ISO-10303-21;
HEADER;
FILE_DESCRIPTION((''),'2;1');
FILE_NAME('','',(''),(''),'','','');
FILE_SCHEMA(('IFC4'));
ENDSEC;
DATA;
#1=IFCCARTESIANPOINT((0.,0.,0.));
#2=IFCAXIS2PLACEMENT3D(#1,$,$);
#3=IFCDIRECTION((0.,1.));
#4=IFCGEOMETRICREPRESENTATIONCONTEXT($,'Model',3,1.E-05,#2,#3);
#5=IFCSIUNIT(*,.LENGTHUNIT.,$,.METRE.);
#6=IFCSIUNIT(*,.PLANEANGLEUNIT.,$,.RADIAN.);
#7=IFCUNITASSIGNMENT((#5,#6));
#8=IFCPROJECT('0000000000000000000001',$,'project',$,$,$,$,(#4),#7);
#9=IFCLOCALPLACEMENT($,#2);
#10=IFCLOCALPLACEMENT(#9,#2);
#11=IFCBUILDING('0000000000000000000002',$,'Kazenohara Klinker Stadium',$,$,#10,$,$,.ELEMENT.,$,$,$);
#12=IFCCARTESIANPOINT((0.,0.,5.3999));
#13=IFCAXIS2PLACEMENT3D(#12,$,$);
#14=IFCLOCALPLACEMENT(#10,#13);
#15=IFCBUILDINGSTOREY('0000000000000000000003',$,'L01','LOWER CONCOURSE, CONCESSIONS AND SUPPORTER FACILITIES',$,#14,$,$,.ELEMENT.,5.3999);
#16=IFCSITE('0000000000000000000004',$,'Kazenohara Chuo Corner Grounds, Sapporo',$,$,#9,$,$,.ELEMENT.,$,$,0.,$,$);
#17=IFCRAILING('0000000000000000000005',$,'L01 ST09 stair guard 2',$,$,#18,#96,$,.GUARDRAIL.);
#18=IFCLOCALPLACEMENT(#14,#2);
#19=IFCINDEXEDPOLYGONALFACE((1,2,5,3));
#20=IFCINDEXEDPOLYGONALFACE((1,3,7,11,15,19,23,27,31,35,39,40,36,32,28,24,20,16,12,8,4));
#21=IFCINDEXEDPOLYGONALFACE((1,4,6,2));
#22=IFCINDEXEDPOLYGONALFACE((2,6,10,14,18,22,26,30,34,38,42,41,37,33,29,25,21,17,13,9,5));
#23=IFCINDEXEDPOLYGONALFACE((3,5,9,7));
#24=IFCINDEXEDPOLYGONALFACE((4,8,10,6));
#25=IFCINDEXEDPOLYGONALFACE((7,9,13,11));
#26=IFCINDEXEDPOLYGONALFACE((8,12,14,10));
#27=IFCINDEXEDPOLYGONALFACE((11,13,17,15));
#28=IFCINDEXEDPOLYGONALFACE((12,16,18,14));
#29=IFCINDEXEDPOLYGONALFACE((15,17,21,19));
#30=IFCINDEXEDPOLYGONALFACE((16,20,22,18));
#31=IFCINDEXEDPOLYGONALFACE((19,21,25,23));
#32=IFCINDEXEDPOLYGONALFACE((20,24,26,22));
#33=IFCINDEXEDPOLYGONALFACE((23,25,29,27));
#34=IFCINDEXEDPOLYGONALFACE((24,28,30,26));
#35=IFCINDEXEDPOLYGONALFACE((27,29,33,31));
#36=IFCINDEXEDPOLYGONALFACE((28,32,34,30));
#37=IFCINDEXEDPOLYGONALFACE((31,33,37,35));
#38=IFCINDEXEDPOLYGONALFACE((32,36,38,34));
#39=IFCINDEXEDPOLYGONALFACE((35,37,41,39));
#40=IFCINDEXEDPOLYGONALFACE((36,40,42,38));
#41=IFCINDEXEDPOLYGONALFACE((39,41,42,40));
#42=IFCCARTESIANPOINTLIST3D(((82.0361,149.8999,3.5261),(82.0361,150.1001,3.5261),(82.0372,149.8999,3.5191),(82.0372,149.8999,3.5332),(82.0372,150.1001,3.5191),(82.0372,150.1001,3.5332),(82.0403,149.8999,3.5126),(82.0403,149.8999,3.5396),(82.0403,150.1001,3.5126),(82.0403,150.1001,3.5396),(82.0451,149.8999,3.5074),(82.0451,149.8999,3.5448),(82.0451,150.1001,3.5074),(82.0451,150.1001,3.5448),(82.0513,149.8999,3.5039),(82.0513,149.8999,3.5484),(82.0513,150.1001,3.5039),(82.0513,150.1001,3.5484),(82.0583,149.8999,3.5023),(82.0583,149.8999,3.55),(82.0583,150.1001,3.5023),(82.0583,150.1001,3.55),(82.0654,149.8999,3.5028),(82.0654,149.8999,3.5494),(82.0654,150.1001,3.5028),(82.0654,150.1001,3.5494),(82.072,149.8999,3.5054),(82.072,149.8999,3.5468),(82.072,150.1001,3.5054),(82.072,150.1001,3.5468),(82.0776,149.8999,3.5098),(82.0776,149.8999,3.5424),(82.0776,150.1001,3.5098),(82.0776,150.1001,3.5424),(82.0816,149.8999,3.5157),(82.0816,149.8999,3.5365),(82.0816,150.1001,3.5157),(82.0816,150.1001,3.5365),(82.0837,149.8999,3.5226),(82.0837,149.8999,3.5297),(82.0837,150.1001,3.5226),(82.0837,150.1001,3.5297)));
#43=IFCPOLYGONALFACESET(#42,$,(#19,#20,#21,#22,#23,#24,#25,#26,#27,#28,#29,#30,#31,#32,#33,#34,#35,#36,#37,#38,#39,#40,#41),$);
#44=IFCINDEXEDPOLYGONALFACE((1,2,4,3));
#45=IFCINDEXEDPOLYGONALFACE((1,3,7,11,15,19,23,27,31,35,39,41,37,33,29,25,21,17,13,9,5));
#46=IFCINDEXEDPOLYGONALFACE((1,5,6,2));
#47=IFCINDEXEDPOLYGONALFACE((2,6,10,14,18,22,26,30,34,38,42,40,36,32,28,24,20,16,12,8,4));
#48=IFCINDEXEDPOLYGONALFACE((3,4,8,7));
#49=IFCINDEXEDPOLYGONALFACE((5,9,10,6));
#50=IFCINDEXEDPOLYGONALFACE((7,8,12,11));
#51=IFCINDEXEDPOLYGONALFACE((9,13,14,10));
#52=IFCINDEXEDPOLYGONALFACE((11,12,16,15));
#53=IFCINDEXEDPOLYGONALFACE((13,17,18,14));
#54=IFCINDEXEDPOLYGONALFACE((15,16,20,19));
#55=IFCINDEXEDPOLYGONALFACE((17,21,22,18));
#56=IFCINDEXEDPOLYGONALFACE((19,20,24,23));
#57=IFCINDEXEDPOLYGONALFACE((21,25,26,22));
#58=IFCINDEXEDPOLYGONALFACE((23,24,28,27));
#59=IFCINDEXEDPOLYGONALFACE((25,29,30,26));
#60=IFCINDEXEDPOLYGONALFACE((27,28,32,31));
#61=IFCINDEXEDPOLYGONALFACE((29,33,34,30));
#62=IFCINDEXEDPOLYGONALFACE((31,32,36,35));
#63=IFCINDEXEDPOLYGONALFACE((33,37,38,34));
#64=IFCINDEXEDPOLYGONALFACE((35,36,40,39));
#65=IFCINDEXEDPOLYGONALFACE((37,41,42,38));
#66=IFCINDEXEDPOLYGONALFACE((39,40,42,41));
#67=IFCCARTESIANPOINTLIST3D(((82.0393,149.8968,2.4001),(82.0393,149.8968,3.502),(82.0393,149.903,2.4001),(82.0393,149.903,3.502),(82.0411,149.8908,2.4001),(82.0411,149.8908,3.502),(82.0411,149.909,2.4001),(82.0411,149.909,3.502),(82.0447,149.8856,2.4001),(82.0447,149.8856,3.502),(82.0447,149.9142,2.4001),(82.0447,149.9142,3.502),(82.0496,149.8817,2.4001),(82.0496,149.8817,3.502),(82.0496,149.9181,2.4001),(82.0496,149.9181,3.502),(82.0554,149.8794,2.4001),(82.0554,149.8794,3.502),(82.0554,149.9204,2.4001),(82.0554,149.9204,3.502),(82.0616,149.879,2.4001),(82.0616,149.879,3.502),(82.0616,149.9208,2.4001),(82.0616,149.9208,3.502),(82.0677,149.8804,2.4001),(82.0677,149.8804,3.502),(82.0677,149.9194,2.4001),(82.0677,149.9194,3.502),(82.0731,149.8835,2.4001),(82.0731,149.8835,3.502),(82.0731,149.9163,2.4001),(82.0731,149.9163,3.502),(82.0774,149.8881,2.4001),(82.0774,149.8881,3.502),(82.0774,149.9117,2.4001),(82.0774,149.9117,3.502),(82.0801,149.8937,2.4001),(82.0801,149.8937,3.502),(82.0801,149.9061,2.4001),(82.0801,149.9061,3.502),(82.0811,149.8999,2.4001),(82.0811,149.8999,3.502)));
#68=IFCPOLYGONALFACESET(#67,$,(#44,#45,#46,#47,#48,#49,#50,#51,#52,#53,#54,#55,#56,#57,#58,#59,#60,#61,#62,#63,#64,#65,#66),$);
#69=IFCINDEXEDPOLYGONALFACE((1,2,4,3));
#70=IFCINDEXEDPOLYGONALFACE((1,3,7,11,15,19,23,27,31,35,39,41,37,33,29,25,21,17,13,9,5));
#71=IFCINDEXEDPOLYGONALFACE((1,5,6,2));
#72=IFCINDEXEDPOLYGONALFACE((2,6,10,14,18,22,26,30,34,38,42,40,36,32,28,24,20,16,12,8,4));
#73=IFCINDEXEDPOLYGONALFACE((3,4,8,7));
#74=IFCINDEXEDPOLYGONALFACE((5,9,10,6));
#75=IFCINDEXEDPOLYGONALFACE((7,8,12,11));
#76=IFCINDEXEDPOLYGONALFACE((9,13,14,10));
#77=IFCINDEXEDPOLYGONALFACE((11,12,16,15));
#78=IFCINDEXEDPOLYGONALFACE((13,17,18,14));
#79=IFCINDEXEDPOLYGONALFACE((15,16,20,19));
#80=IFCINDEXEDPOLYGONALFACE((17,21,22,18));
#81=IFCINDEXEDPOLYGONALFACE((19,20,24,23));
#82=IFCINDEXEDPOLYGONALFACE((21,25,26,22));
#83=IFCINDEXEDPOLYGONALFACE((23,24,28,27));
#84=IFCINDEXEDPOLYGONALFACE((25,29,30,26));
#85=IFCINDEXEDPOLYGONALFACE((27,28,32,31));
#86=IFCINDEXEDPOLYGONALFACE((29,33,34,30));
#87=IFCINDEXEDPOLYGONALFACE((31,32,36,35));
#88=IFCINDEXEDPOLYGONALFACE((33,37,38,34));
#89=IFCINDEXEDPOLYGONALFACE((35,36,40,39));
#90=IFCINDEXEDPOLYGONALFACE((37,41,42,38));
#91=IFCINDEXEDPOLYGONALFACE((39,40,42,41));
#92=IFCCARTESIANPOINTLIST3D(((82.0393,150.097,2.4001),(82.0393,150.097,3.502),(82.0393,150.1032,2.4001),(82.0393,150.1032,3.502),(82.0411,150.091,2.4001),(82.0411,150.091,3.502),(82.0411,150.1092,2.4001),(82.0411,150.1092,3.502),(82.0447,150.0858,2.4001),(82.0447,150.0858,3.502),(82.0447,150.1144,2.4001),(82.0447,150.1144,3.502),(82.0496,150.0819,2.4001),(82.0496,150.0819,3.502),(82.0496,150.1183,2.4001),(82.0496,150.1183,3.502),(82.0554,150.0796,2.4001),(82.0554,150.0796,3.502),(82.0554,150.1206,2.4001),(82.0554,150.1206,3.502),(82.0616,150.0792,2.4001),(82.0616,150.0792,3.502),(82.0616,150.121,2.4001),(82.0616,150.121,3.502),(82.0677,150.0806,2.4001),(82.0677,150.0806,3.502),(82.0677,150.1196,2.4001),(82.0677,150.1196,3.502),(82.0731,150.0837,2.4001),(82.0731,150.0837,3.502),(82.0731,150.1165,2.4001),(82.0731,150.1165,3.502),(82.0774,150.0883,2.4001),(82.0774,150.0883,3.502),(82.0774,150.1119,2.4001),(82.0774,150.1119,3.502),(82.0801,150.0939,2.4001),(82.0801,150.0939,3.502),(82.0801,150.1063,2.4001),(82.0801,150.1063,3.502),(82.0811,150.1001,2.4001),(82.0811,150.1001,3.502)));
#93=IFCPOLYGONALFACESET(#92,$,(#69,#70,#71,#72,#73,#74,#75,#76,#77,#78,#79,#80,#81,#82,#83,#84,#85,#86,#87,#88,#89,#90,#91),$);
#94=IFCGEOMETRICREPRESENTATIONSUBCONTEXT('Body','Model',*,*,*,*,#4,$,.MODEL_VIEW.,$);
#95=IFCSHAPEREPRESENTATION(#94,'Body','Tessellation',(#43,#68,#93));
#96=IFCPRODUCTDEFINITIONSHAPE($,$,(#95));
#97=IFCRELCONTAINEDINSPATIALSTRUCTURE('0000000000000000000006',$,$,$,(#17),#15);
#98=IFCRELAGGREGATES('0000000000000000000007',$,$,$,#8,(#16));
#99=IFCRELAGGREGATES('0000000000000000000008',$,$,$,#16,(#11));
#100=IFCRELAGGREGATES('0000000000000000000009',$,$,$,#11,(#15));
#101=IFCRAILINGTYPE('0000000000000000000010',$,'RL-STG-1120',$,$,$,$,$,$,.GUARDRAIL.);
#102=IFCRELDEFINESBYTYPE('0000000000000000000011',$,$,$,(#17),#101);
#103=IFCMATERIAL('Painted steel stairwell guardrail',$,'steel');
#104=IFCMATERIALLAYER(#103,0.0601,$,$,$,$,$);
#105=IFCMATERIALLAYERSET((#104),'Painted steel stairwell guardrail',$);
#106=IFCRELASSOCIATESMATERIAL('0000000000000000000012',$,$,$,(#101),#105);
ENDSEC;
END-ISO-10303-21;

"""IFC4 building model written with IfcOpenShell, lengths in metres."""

from ifc_helpers import new_model, si_unit, direction, frame, origin, origin_2d, place, context, subcontext, project, spatial, circle, extrude, material, layer, layer_set, type_object, element, save


model = new_model("IFC4")

# Units and contexts
model_context = context("Model", 3, precision=1e-05, world=origin(), true_north=direction((0.0, 1.0)))
body_context = subcontext(model_context, "Body", "Model", "MODEL_VIEW")
ifc_project = project(units=[si_unit("LENGTHUNIT", "METRE"), si_unit("PLANEANGLEUNIT", "RADIAN")], contexts=[model_context])

# Site, building, storey
site_placement = place(None, origin())
site = spatial("IfcSite", under=ifc_project, at=site_placement, Name="Kazenohara Chuo Corner Grounds, Sapporo", CompositionType="ELEMENT", RefElevation=0.0)
building_placement = place(site_placement, origin())
building = spatial("IfcBuilding", under=site, at=building_placement, Name="Kazenohara Klinker Stadium", CompositionType="ELEMENT")
storey_placement = place(building_placement, frame((0.0, 0.0, 5.3999)))
storey = spatial("IfcBuildingStorey", under=building, at=storey_placement, Name="L01", Description="LOWER CONCOURSE, CONCESSIONS AND SUPPORTER FACILITIES", CompositionType="ELEMENT", Elevation=5.3999)

# Railing
ifc_material_1 = material(Name="Painted steel stairwell guardrail", Category="steel")
ifc_layer_1 = layer(ifc_material_1, 0.0601)
ifc_layer_set_1 = layer_set([ifc_layer_1], Name="Painted steel stairwell guardrail")
railing_type_1 = type_object("IfcRailingType", Name="RL-STG-1120", PredefinedType="GUARDRAIL", material=ifc_layer_set_1)
railing_1_placement = place(storey_placement, frame((82.0601, 149.8999, 2.4001)))
element("IfcRailing", 1, at=railing_1_placement, inside=storey, type_object=railing_type_1, Name="L01 ST09 stair guard 2", PredefinedType="GUARDRAIL", context=body_context, shape_type="SweptSolid", body=[
    extrude(circle(Radius=0.0239, at=origin_2d()), frame((0.0, 0.0, 1.126), z_axis=(0.0, 1.0, 0.0), x_axis=(-1.0, 0.0, 0.0)), (0.0, 0.0, 1.0), 0.2002),
    extrude(circle(Radius=0.021, at=origin_2d()), origin(), (0.0, 0.0, 1.0), 1.1018),
    extrude(circle(Radius=0.021, at=origin_2d()), frame((0.0, 0.2002, 0.0)), (0.0, 0.0, 1.0), 1.1018),
])

save(model, "model.ifc")
